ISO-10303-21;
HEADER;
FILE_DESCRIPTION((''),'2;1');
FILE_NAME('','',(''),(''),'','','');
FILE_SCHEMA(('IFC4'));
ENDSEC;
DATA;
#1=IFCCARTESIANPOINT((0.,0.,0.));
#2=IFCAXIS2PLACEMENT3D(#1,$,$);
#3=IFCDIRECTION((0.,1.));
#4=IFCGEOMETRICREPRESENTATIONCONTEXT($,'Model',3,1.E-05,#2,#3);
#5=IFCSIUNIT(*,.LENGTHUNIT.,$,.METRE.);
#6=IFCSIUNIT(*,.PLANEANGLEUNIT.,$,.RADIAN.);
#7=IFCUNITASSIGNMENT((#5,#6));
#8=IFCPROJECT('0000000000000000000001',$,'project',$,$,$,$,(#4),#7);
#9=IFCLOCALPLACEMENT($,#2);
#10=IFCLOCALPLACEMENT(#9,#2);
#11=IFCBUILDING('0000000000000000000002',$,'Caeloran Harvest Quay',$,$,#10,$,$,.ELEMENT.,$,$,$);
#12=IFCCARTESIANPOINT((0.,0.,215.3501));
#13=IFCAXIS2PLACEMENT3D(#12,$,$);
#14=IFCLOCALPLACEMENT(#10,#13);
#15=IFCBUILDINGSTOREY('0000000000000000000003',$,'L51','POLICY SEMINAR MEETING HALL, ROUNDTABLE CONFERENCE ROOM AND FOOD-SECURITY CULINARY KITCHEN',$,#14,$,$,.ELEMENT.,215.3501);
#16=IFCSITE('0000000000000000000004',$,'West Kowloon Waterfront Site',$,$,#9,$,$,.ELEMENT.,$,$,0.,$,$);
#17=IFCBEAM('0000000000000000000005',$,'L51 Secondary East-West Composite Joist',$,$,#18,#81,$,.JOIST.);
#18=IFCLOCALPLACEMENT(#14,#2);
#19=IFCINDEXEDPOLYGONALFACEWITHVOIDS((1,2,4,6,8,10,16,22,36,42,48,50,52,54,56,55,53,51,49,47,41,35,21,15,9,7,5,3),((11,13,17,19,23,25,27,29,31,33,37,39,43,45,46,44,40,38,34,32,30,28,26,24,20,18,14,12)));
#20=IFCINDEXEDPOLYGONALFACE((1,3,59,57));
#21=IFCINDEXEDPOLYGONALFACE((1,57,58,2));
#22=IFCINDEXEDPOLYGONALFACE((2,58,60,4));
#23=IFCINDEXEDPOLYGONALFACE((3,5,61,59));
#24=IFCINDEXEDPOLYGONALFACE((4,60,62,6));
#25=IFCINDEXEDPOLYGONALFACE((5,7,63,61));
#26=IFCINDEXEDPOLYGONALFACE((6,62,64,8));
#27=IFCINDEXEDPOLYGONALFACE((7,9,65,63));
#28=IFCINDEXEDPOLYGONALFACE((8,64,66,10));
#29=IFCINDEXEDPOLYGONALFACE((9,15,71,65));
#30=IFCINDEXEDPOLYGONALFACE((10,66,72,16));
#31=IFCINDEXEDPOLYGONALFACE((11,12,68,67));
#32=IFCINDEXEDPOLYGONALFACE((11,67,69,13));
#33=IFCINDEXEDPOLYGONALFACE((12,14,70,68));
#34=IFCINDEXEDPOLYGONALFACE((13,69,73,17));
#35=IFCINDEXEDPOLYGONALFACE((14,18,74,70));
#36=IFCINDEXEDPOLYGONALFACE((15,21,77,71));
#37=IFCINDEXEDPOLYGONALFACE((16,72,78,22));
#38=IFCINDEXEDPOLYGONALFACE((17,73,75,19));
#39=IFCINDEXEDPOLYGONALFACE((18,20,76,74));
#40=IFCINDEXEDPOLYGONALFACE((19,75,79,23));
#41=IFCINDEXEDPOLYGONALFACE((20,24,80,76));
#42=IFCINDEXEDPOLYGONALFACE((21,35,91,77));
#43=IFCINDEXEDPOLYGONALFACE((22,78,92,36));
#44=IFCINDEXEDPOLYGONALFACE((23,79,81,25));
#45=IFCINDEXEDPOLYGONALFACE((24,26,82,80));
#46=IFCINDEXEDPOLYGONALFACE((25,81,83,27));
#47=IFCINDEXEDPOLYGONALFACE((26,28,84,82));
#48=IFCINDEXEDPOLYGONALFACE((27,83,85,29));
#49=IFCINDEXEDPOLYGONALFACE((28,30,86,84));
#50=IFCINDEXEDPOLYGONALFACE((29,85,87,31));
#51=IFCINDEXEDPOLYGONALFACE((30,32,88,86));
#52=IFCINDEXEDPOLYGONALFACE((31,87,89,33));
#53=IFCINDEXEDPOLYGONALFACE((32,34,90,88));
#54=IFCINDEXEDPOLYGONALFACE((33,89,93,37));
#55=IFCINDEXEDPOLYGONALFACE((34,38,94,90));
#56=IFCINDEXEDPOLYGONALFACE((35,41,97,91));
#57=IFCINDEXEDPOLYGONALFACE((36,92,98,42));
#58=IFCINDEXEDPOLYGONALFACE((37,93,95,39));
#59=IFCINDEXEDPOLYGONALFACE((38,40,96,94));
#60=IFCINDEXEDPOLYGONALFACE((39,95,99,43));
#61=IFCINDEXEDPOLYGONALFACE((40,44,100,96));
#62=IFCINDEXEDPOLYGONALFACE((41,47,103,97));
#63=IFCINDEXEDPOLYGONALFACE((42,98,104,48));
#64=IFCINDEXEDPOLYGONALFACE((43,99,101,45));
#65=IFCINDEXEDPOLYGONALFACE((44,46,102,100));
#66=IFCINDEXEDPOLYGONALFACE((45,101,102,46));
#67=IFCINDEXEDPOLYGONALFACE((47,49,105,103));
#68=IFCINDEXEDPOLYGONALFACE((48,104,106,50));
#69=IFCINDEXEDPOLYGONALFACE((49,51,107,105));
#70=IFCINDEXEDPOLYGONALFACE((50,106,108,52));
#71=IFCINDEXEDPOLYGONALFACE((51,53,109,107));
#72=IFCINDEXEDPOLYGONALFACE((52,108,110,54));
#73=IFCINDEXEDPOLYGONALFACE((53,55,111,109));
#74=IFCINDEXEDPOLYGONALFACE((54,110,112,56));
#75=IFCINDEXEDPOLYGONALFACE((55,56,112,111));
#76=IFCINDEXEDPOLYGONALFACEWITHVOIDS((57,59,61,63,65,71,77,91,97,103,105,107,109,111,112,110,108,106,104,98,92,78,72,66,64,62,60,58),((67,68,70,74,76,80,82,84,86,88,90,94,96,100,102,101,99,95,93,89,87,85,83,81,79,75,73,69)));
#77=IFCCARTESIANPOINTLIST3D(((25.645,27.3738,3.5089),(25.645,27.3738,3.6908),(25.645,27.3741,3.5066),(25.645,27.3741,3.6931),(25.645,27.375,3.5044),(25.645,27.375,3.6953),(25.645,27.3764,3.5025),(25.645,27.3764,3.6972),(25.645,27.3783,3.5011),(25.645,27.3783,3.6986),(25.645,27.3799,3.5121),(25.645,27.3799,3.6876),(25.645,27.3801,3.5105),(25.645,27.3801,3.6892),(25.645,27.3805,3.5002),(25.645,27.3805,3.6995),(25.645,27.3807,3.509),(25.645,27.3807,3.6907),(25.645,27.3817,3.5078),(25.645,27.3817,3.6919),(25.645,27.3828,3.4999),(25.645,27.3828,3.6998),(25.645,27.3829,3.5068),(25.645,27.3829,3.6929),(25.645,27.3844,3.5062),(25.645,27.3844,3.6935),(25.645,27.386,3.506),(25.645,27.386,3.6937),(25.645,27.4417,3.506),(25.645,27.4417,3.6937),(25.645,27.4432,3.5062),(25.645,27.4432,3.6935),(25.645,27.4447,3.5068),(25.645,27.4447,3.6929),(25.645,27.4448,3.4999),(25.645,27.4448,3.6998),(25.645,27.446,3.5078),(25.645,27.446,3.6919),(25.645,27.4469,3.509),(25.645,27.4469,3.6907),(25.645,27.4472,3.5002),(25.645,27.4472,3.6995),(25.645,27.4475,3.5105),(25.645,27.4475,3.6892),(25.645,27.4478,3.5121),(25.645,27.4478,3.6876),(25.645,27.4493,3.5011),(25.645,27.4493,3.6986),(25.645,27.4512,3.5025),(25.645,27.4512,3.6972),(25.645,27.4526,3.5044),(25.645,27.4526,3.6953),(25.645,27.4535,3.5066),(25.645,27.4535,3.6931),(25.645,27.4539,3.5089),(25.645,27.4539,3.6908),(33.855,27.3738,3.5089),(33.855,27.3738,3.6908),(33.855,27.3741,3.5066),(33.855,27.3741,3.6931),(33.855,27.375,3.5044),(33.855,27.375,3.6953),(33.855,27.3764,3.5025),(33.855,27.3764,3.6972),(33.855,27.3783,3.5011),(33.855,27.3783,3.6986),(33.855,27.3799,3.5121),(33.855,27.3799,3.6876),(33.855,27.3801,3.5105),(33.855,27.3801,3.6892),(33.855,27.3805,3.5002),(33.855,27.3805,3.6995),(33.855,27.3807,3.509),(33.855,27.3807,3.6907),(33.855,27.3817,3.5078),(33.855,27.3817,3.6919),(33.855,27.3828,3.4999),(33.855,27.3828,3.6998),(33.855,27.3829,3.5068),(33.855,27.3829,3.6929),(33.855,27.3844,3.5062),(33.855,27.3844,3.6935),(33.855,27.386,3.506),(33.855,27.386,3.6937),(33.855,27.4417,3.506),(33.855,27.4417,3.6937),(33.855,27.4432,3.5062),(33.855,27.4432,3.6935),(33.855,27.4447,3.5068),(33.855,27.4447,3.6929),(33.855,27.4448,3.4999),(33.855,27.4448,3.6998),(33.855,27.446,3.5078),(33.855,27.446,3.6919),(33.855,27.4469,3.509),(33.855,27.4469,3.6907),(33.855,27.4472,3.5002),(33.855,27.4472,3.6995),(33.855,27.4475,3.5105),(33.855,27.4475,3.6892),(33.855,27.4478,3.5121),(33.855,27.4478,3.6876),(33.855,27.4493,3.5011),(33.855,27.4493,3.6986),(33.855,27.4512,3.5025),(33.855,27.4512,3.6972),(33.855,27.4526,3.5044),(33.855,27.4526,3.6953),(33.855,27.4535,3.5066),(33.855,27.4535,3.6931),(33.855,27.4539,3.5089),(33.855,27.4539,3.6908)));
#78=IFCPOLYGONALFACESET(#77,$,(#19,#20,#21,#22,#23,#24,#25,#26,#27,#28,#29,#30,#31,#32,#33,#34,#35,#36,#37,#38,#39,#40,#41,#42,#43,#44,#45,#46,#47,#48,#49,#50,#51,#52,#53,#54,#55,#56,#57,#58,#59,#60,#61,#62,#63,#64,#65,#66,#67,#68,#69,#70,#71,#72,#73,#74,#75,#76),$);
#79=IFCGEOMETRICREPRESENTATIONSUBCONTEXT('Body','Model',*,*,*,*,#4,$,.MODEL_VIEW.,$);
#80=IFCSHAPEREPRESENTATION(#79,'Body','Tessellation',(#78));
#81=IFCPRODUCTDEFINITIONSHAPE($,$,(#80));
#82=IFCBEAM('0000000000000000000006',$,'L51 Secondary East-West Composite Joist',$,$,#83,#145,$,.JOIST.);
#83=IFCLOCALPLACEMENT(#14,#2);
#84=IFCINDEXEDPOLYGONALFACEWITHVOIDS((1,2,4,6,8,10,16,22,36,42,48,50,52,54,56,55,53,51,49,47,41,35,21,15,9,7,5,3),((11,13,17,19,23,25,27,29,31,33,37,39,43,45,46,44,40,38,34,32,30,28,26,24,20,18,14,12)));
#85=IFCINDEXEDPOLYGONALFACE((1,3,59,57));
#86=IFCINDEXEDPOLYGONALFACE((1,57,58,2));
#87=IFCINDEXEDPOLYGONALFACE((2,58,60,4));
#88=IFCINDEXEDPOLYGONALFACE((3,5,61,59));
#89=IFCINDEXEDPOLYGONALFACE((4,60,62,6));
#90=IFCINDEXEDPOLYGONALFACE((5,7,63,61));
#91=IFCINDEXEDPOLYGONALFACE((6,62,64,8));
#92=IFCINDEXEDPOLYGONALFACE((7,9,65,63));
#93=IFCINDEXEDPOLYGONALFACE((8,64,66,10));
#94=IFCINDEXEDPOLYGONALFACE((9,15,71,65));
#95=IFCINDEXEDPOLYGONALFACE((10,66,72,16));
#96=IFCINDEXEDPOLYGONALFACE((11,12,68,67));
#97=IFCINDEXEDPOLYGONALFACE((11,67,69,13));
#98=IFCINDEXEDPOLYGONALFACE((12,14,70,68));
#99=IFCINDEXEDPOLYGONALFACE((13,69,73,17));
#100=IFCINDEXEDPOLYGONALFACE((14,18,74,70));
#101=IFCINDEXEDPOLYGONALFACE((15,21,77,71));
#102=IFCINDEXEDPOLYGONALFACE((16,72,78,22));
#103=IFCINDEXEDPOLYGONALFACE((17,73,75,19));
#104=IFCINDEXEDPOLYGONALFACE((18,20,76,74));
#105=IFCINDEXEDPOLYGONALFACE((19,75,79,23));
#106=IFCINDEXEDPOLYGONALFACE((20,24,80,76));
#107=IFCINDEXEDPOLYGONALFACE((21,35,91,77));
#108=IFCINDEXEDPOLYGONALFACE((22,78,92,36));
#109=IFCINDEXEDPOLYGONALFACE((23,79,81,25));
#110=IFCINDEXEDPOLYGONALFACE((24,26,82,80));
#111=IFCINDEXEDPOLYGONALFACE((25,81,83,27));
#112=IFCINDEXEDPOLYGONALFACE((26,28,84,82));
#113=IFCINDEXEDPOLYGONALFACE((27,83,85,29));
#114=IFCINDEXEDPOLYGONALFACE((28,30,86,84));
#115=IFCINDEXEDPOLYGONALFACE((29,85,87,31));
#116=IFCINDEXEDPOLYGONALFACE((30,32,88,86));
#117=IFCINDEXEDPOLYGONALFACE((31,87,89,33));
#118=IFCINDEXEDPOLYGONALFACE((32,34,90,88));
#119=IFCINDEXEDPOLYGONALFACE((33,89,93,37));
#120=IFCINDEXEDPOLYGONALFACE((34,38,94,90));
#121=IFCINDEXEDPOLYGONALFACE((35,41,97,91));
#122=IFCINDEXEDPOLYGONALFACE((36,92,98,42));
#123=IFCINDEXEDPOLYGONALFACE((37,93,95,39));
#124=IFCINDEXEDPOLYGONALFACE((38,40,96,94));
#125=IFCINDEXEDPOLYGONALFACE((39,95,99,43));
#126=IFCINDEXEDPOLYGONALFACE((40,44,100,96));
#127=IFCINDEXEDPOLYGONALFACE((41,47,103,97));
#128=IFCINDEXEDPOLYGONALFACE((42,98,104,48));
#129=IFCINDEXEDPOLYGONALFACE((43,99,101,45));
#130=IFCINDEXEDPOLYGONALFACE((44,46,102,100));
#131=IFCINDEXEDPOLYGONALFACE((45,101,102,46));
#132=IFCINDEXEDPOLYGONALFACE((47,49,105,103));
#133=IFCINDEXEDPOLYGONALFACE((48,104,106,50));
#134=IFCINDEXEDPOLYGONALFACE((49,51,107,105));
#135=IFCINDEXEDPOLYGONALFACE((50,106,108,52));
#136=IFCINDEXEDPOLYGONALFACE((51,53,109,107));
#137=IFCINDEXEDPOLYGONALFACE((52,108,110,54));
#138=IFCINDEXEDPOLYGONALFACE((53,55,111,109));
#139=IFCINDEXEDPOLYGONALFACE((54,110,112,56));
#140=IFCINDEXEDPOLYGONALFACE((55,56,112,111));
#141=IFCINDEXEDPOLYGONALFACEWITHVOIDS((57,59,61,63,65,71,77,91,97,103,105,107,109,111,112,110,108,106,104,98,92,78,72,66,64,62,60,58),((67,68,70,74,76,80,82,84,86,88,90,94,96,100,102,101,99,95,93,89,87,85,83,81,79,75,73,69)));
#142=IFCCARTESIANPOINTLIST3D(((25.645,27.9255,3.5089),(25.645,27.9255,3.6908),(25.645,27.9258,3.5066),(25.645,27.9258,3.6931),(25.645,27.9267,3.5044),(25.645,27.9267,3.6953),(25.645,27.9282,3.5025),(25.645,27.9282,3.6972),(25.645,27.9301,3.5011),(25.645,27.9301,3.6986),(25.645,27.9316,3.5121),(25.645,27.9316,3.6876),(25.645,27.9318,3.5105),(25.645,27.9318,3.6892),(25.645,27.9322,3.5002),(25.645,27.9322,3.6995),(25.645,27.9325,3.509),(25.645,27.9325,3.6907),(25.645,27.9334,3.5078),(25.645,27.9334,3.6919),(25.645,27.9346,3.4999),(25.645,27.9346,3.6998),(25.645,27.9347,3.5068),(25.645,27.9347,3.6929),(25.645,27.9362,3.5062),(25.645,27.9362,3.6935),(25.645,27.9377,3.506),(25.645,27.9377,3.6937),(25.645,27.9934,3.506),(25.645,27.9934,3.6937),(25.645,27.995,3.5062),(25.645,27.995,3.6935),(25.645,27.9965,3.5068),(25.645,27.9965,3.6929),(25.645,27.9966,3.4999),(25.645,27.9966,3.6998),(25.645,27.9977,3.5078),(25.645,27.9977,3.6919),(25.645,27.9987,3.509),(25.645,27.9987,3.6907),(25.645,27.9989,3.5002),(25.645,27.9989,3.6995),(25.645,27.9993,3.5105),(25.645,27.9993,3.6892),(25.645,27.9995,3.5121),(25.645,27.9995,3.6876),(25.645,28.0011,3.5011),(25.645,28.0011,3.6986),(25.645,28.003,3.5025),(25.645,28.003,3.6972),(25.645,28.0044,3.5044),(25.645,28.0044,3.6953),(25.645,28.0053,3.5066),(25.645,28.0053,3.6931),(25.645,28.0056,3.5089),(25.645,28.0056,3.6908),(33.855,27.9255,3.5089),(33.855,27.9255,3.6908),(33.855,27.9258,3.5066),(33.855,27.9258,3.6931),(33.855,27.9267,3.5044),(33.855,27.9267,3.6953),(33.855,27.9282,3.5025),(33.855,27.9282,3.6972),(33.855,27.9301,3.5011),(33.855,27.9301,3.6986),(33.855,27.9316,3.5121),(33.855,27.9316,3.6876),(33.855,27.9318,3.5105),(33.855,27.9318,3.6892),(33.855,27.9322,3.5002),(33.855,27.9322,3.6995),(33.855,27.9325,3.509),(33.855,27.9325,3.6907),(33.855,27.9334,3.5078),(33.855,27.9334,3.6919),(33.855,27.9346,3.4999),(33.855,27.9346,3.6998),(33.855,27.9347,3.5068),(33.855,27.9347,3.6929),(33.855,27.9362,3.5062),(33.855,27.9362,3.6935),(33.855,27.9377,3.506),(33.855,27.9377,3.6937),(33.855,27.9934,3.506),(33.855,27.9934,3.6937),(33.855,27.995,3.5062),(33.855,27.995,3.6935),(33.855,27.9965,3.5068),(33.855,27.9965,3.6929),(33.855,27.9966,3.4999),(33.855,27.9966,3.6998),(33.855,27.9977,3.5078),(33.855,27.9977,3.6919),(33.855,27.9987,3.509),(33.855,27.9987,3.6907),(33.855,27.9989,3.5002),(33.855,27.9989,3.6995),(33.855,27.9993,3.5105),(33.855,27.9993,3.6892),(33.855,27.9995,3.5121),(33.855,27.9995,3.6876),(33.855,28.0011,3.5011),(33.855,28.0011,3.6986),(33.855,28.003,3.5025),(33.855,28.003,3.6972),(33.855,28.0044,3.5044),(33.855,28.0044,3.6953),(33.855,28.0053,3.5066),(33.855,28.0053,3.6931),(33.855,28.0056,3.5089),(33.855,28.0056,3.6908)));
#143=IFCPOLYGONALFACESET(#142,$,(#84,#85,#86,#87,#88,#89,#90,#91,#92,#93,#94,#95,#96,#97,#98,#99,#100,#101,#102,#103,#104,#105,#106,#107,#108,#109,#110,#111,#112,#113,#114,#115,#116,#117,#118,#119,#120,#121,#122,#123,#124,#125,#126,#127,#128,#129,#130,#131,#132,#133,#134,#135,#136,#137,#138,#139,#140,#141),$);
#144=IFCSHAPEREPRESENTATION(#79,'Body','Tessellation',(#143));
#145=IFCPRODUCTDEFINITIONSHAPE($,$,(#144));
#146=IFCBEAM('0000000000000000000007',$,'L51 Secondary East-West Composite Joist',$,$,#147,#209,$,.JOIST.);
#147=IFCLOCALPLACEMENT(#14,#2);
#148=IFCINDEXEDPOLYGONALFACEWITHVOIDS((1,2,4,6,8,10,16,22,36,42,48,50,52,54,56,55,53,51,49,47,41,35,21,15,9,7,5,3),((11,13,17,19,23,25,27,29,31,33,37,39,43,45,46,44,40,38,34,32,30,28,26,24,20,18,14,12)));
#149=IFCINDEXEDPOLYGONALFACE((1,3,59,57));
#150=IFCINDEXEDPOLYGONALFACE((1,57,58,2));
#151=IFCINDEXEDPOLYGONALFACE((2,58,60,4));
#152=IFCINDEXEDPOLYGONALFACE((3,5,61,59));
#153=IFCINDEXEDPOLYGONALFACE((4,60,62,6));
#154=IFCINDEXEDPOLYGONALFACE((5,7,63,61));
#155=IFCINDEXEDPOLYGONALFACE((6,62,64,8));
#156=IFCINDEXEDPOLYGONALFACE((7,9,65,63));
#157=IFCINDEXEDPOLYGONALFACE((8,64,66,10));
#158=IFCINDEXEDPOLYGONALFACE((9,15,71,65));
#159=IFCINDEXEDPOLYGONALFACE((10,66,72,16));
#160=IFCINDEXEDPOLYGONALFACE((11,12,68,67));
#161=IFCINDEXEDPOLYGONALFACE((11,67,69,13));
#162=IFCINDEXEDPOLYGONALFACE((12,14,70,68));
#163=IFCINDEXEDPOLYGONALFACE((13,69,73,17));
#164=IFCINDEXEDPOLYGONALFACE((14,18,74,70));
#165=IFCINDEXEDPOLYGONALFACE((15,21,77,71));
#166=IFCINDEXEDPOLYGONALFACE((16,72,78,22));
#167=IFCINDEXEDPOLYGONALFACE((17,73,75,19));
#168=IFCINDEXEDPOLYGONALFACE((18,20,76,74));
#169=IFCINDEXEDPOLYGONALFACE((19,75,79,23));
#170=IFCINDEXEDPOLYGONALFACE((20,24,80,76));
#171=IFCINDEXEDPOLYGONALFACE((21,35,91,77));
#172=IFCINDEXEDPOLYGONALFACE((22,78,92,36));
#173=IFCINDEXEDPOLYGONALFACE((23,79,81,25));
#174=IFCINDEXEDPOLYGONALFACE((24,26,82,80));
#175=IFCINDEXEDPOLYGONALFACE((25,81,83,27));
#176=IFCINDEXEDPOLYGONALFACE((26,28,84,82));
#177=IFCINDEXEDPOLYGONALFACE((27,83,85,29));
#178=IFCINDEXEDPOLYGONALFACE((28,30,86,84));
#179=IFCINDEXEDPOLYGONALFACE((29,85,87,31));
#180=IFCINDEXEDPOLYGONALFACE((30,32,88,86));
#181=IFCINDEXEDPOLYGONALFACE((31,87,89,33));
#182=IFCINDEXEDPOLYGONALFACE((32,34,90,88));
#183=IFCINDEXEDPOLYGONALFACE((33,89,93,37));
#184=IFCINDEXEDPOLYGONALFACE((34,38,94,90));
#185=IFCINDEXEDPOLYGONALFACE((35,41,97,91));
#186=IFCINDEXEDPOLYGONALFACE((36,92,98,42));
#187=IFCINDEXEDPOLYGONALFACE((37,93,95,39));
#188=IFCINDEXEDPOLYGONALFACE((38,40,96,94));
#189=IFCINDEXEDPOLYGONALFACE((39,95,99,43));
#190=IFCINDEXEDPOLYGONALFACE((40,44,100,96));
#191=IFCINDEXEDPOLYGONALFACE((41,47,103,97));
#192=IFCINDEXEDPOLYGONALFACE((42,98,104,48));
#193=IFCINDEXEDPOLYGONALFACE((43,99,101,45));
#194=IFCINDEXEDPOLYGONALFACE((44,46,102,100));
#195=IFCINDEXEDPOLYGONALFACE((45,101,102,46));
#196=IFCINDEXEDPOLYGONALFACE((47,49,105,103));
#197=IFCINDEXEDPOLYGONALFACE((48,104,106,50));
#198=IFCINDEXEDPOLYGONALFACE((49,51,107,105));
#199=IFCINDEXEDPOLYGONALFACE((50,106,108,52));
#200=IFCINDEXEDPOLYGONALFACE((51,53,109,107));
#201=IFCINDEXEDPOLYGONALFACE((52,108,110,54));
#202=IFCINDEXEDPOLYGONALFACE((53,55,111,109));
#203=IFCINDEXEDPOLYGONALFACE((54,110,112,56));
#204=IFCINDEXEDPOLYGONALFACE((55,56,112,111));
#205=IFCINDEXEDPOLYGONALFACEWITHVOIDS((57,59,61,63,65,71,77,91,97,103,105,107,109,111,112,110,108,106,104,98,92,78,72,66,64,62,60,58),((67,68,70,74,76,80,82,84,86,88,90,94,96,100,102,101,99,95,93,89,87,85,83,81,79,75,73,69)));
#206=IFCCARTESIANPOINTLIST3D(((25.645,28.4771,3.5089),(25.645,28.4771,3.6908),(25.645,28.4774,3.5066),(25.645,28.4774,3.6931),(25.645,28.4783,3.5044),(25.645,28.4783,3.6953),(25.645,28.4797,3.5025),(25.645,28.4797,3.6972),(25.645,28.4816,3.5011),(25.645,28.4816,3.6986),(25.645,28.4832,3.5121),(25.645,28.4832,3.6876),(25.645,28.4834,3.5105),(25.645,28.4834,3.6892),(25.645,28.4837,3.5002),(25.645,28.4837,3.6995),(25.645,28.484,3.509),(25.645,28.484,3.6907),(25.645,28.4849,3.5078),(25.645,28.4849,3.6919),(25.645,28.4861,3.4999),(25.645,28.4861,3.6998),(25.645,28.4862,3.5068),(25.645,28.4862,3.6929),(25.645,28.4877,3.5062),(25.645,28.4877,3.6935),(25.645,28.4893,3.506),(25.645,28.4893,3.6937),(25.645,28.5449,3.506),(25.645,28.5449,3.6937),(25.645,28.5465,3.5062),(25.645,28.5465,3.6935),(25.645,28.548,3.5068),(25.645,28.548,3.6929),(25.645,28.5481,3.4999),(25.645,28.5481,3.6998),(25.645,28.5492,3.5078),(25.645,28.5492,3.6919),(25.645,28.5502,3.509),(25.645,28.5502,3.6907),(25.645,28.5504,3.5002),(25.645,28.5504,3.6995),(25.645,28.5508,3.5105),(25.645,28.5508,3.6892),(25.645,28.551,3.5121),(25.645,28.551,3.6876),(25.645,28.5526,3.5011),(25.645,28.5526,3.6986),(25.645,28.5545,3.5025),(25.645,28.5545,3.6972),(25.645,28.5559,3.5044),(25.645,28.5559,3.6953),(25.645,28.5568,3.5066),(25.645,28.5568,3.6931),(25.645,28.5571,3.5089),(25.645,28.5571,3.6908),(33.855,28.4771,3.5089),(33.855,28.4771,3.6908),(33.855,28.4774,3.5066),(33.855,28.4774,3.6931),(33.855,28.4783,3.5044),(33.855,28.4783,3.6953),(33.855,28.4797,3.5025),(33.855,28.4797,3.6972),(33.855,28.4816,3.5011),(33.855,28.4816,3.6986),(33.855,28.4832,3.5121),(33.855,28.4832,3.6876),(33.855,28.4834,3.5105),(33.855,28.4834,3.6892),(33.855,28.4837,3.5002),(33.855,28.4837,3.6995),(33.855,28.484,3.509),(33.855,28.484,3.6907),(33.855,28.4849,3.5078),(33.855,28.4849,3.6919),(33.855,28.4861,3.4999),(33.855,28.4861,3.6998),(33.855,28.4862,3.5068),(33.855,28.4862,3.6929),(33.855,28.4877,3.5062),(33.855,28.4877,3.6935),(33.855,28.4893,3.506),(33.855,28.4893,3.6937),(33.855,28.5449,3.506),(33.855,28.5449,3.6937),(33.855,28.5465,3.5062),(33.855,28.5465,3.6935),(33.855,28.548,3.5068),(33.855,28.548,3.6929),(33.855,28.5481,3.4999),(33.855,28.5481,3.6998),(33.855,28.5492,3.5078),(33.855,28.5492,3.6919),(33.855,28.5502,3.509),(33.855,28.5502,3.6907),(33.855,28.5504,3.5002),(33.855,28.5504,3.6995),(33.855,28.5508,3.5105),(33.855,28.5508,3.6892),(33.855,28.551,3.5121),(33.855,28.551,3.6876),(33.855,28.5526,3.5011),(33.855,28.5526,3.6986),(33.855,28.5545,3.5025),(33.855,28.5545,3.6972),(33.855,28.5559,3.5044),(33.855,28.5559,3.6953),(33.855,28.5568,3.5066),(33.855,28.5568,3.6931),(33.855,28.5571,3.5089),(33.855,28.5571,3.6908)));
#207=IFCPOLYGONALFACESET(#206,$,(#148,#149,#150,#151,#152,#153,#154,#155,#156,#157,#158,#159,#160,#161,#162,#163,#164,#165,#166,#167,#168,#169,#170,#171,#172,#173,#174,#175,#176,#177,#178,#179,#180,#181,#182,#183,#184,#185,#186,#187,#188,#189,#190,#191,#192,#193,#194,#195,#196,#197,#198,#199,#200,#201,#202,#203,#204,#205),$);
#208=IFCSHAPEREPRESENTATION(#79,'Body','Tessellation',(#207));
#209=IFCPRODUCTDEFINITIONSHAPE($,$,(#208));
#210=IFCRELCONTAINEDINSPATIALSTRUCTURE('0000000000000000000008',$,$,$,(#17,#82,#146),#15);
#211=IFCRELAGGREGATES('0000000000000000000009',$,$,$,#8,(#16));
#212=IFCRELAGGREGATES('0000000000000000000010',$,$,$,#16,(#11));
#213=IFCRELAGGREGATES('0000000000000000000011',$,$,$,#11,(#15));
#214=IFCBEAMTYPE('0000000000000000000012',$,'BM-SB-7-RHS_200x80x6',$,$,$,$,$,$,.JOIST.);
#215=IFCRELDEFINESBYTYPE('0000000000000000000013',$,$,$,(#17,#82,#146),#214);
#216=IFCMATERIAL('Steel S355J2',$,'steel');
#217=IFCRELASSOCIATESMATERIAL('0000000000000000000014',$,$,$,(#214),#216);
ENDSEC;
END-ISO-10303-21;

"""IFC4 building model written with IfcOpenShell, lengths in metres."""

from ifc_helpers import new_model, si_unit, direction, frame, origin, origin_2d, place, context, subcontext, project, spatial, hollow_rectangle, extrude, material, material_profile, profile_set, type_object, element, save


model = new_model("IFC4")

# Units and contexts
model_context = context("Model", 3, precision=1e-05, world=origin(), true_north=direction((0.0, 1.0)))
body_context = subcontext(model_context, "Body", "Model", "MODEL_VIEW")
ifc_project = project(units=[si_unit("LENGTHUNIT", "METRE"), si_unit("PLANEANGLEUNIT", "RADIAN")], contexts=[model_context])

# Site, building, storey
site_placement = place(None, origin())
site = spatial("IfcSite", under=ifc_project, at=site_placement, Name="West Kowloon Waterfront Site", CompositionType="ELEMENT", RefElevation=0.0)
building_placement = place(site_placement, origin())
building = spatial("IfcBuilding", under=site, at=building_placement, Name="Caeloran Harvest Quay", CompositionType="ELEMENT")
storey_placement = place(building_placement, frame((0.0, 0.0, 215.3501)))
storey = spatial("IfcBuildingStorey", under=building, at=storey_placement, Name="L51", Description="POLICY SEMINAR MEETING HALL, ROUNDTABLE CONFERENCE ROOM AND FOOD-SECURITY CULINARY KITCHEN", CompositionType="ELEMENT", Elevation=215.3501)

# Beams
ifc_material_1 = material(Name="Steel S355J2", Category="steel")
ifc_material_profile_1 = material_profile(ifc_material_1, hollow_rectangle(XDim=0.0801, YDim=0.2, WallThickness=0.0061, InnerFilletRadius=0.0061, OuterFilletRadius=0.009, at=origin_2d()), Name="RHS 200x80x6")
ifc_profile_set_1 = profile_set([ifc_material_profile_1], Name="Steel S355J2")
beam_type_1 = type_object("IfcBeamType", Name="BM-SB-7-RHS_200x80x6", PredefinedType="JOIST", material=ifc_profile_set_1)
for number, where, z_axis, x_axis, name in (
    (1, (25.645, 27.4138, 3.5999), (1.0, 0.0, 0.0), (0.0, 1.0, 0.0), "L51 Secondary East-West Composite Joist"),
    (2, (25.645, 27.9656, 3.5999), (1.0, 0.0, 0.0), (0.0, 1.0, 0.0), "L51 Secondary East-West Composite Joist"),
    (3, (25.645, 28.5171, 3.5999), (1.0, 0.0, 0.0), (0.0, 1.0, 0.0), "L51 Secondary East-West Composite Joist"),
):
    element("IfcBeam", number, at=place(storey_placement, frame(where, z_axis=z_axis, x_axis=x_axis)), inside=storey, type_object=beam_type_1, Name=name, PredefinedType="JOIST", context=body_context, shape_type="SweptSolid", body=[
        extrude(hollow_rectangle(XDim=0.0801, YDim=0.2, WallThickness=0.0061, InnerFilletRadius=0.0061, OuterFilletRadius=0.009, at=origin_2d()), origin(), (0.0, 0.0, 1.0), 8.21),
    ])

save(model, "model.ifc")
